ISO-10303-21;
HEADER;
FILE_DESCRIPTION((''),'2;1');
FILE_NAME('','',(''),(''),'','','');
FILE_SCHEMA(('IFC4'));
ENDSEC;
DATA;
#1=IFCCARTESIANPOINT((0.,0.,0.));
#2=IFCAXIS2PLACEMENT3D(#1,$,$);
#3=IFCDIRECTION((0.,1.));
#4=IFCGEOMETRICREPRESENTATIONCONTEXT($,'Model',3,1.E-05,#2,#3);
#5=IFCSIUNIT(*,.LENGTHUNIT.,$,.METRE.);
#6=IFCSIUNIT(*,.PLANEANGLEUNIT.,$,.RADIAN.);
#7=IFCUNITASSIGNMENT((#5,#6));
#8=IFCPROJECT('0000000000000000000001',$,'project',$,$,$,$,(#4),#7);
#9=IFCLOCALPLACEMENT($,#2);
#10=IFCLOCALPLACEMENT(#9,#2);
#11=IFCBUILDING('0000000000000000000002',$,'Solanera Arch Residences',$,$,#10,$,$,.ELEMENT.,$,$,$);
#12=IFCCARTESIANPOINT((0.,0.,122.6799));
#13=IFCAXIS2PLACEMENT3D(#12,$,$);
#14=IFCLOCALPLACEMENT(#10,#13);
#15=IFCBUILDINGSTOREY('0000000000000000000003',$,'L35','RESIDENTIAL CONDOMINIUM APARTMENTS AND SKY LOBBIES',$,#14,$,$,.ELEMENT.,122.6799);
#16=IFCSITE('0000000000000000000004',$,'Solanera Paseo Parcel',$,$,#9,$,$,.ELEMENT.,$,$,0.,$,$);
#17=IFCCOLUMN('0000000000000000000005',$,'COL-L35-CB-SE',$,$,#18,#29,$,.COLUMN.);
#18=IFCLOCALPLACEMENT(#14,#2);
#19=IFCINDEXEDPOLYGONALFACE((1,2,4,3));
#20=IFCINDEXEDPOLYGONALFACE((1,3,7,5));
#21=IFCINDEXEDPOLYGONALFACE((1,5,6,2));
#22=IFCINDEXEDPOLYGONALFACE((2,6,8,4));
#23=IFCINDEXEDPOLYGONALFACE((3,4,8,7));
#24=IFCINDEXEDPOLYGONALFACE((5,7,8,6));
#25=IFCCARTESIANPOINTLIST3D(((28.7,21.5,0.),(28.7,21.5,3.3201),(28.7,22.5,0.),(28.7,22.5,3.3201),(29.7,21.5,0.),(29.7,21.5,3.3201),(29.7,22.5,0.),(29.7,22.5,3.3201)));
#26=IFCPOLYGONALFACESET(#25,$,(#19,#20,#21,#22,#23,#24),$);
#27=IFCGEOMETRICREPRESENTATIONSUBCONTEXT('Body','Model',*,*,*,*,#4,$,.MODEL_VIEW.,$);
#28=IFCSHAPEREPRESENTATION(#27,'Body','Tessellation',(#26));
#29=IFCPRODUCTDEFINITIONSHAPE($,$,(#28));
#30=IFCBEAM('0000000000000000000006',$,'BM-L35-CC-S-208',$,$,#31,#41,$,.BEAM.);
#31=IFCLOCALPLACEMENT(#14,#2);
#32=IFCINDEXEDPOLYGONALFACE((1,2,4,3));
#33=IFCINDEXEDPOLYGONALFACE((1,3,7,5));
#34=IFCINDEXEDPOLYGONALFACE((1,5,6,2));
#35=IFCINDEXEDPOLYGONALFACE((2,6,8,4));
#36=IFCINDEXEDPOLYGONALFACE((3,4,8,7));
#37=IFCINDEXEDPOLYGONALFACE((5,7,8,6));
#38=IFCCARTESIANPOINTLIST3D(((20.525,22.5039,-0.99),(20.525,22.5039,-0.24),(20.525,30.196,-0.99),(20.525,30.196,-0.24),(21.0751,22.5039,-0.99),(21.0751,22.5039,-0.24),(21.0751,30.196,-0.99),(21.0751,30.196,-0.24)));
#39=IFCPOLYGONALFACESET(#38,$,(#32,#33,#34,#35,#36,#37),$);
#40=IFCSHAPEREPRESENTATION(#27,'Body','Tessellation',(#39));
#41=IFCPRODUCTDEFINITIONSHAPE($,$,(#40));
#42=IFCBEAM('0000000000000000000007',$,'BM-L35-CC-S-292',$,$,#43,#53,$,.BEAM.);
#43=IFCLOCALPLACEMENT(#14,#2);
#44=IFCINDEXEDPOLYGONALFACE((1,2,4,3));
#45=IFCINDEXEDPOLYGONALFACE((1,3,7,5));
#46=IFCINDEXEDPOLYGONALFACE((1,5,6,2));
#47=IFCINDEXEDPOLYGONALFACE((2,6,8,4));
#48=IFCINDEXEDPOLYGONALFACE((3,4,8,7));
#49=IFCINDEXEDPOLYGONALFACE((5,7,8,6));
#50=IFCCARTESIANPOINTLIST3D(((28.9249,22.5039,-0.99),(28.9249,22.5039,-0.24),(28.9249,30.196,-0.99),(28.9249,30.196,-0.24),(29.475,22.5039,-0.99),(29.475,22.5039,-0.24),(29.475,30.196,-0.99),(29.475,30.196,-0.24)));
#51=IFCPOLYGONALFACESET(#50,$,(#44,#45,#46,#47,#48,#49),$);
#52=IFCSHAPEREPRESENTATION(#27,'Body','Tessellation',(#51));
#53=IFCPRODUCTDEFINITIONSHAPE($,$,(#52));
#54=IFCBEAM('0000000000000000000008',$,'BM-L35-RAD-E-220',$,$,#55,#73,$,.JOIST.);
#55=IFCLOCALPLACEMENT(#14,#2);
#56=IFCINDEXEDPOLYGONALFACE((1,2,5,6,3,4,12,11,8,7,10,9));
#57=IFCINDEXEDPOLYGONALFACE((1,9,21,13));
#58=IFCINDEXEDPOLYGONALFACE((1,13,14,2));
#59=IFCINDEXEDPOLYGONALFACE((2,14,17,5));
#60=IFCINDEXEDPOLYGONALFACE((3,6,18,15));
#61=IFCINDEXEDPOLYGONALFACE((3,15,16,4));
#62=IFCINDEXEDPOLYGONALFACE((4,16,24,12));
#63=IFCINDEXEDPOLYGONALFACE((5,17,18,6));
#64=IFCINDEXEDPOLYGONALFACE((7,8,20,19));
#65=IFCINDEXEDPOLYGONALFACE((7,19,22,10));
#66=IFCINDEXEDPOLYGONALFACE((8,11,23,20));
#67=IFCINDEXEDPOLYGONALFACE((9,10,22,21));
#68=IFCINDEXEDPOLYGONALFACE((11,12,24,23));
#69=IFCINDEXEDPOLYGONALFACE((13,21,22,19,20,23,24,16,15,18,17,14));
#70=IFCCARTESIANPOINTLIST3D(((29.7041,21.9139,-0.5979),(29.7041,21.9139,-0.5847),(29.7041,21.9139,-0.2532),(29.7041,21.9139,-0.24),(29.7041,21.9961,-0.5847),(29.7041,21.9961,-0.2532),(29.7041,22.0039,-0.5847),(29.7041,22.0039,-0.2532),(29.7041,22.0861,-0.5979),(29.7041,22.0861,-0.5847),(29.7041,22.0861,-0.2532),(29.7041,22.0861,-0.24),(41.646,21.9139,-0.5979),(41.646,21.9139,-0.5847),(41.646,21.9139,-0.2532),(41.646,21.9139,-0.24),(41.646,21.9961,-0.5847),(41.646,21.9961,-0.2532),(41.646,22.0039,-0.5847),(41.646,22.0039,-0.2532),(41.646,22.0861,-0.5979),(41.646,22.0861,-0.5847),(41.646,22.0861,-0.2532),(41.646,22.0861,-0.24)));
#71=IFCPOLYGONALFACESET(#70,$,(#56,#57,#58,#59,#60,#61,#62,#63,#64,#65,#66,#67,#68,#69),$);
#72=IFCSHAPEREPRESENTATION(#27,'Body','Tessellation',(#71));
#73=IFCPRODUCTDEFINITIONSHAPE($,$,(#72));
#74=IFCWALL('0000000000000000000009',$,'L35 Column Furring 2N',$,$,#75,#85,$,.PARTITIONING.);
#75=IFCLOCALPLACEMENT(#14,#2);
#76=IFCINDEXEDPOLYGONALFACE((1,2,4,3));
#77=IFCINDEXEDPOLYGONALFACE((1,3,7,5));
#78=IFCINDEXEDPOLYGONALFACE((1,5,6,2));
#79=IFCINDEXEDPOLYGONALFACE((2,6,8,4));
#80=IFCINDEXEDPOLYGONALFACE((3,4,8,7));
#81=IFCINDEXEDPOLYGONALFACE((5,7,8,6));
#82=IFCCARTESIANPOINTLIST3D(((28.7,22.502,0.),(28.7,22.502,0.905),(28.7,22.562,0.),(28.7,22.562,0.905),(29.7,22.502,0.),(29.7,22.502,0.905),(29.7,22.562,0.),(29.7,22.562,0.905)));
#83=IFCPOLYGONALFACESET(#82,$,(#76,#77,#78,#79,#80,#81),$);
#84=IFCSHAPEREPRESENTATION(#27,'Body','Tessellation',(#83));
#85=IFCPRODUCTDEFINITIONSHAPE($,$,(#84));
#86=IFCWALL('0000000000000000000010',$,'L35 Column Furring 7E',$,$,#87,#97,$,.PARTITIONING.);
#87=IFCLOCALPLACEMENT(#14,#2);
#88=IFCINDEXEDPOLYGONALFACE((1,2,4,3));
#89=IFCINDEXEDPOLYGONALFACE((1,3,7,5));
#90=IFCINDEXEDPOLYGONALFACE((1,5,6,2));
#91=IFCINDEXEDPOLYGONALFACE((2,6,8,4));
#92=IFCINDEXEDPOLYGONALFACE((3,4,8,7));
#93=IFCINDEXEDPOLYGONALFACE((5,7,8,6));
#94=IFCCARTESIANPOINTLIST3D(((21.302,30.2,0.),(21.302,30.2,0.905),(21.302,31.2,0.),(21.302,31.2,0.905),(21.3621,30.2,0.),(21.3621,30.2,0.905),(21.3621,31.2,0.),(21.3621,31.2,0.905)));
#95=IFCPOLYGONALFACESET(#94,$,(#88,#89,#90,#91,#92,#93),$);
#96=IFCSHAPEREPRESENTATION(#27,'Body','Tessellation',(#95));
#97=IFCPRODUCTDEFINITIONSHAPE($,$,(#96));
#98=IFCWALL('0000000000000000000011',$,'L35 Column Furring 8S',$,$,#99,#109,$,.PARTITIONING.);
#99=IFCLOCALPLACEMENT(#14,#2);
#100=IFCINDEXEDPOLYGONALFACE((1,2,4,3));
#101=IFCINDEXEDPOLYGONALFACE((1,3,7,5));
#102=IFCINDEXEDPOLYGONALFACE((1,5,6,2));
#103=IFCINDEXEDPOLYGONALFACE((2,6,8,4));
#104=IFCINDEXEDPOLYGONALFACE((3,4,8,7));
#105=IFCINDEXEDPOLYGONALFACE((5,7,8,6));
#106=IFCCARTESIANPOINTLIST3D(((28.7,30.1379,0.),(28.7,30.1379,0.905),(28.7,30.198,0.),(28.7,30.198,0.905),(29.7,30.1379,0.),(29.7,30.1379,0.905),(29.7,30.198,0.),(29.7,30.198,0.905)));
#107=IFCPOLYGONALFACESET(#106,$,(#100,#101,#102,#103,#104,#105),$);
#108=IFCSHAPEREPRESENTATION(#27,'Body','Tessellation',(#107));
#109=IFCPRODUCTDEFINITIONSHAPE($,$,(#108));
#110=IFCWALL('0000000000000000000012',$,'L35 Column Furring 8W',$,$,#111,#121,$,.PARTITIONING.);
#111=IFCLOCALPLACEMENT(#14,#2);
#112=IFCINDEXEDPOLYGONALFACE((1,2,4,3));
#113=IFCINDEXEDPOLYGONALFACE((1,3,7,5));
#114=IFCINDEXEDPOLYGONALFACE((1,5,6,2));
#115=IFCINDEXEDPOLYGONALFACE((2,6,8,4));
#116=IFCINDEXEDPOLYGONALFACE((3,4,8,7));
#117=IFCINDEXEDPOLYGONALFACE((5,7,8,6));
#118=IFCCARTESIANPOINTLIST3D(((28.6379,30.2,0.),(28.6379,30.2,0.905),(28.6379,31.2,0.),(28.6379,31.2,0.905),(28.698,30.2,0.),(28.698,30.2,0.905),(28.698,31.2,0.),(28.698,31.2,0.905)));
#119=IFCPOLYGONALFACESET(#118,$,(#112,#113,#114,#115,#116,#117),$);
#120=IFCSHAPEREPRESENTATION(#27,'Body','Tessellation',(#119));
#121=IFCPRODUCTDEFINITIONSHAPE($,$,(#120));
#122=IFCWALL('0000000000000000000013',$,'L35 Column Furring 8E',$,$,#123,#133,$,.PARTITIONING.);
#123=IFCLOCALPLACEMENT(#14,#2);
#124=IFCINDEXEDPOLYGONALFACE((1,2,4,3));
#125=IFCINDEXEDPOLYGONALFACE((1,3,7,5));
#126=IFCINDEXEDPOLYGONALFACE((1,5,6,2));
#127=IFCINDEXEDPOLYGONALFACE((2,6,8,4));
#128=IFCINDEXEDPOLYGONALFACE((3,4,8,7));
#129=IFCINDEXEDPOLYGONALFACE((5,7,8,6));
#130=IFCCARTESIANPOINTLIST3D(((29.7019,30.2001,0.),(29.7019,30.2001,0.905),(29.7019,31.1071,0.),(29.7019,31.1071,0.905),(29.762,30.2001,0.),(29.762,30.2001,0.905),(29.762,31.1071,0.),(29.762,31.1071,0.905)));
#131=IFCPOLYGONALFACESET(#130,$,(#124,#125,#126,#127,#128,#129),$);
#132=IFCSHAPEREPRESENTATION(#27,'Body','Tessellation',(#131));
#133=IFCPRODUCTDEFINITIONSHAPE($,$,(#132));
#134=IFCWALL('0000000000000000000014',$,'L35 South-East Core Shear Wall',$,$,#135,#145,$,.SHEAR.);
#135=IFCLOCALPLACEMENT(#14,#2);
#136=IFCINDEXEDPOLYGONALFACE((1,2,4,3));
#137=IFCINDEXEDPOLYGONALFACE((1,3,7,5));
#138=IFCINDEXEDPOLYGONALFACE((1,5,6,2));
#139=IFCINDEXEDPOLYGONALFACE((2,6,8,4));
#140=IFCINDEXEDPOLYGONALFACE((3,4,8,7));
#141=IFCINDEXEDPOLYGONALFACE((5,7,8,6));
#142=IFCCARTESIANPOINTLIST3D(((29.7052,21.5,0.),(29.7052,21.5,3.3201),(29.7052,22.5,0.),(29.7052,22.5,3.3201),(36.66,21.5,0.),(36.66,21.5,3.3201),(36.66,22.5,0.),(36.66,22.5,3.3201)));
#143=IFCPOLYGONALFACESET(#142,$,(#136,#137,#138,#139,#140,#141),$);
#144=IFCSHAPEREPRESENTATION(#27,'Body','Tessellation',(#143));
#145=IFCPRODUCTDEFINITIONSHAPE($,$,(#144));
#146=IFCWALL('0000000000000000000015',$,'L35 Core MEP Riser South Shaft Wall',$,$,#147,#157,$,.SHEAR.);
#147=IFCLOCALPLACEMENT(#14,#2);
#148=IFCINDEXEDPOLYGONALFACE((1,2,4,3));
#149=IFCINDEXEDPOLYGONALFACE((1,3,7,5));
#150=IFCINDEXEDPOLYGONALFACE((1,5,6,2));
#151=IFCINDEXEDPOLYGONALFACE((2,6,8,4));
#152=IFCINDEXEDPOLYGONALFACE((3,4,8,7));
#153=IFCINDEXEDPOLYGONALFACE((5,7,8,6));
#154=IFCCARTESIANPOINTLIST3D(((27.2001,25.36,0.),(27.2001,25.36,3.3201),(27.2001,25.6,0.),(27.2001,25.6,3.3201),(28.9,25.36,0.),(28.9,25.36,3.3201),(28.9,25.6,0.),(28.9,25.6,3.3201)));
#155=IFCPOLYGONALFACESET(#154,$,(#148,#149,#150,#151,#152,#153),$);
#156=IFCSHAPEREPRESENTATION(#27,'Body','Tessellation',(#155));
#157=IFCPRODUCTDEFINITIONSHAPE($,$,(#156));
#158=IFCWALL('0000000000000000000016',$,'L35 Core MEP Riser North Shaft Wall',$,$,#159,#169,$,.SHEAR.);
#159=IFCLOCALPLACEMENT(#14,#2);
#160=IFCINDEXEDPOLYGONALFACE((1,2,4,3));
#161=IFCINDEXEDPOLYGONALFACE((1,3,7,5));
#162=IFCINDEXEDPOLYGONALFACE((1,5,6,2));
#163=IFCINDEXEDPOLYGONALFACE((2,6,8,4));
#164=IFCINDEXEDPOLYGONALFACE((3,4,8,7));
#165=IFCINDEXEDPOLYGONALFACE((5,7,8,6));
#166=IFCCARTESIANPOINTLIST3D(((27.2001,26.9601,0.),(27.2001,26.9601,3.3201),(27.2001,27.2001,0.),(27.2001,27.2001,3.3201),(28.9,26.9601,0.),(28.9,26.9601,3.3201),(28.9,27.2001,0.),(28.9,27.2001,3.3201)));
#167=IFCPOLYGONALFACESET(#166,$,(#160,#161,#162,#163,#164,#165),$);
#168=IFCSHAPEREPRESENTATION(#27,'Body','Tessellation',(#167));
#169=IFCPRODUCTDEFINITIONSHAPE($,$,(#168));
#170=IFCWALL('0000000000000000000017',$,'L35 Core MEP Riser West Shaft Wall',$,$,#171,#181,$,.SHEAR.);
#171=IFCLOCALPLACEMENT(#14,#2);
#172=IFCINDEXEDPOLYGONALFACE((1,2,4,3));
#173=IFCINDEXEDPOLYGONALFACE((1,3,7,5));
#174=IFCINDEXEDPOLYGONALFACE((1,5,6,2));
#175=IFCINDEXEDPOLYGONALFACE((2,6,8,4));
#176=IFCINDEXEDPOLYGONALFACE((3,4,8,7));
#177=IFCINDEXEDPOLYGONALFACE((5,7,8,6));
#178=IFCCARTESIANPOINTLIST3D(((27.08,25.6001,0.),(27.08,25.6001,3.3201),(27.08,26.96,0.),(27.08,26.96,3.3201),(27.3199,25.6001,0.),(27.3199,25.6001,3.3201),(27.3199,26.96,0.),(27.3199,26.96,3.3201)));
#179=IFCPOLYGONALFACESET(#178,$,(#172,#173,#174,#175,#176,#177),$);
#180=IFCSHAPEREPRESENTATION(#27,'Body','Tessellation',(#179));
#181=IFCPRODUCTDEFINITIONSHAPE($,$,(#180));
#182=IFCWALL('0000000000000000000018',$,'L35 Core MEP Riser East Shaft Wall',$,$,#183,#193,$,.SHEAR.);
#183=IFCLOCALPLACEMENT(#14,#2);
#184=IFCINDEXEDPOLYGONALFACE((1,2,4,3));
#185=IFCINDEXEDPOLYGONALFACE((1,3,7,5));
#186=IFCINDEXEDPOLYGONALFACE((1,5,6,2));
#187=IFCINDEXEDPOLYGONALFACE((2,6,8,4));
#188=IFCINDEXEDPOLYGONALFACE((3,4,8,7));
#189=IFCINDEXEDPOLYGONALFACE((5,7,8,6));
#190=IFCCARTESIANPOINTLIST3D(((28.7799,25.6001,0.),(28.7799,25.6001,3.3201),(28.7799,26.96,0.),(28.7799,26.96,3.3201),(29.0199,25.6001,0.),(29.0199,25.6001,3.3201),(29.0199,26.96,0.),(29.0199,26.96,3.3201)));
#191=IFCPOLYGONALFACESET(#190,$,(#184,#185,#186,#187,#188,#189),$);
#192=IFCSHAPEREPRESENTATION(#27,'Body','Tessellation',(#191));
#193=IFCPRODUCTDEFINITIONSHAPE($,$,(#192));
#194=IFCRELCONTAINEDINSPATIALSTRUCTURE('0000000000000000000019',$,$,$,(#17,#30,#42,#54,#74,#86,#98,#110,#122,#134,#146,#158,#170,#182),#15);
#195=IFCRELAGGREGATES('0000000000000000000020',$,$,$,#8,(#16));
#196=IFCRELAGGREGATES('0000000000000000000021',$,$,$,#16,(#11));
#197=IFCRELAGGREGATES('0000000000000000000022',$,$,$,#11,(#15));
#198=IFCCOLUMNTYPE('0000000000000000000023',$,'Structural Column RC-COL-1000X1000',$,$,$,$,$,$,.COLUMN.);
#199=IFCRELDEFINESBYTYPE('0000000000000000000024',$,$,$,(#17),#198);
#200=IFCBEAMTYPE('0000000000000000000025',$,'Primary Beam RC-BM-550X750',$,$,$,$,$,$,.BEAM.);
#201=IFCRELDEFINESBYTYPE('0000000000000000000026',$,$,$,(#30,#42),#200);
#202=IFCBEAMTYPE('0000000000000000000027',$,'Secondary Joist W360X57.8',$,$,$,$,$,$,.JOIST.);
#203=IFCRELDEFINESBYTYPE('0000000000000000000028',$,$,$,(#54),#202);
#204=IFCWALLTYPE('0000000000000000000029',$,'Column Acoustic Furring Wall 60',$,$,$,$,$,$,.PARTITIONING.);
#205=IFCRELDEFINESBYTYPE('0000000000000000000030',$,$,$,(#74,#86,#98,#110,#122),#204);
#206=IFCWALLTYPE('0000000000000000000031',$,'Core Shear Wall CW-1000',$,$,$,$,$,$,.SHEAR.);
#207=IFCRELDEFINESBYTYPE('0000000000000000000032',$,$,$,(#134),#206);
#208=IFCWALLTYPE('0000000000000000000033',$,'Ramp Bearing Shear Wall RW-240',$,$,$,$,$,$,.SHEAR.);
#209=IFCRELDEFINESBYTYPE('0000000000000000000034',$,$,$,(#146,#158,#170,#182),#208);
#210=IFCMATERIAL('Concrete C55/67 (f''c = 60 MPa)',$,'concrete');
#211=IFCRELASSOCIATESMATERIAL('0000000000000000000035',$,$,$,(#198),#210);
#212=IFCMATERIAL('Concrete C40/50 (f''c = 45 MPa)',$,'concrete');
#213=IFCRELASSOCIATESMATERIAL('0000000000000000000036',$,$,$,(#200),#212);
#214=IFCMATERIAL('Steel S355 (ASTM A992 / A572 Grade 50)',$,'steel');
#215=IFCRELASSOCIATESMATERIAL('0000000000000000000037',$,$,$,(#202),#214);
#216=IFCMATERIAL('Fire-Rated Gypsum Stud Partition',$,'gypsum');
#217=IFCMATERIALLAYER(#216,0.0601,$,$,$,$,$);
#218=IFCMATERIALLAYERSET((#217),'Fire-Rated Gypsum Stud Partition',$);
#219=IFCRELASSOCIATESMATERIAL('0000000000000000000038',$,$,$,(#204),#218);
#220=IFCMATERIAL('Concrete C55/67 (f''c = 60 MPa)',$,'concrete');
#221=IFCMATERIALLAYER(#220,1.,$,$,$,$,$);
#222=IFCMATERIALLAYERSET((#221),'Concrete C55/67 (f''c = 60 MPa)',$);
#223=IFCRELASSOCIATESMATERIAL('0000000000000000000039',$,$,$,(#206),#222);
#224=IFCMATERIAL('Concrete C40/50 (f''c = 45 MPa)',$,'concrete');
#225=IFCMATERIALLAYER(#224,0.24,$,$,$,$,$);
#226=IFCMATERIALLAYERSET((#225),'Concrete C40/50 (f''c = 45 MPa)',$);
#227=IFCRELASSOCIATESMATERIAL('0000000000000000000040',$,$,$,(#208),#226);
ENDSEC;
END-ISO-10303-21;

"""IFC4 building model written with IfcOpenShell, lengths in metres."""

from ifc_helpers import new_model, si_unit, direction, frame, frame_2d, origin, origin_2d, place, context, subcontext, project, spatial, rectangle, i_section, extrude, material, layer, layer_set, material_profile, profile_set, type_object, element, save


model = new_model("IFC4")

# Units and contexts
model_context = context("Model", 3, precision=1e-05, world=origin(), true_north=direction((0.0, 1.0)))
body_context = subcontext(model_context, "Body", "Model", "MODEL_VIEW")
ifc_project = project(units=[si_unit("LENGTHUNIT", "METRE"), si_unit("PLANEANGLEUNIT", "RADIAN")], contexts=[model_context])

# Site, building, storey
site_placement = place(None, origin())
site = spatial("IfcSite", under=ifc_project, at=site_placement, Name="Solanera Paseo Parcel", CompositionType="ELEMENT", RefElevation=0.0)
building_placement = place(site_placement, origin())
building = spatial("IfcBuilding", under=site, at=building_placement, Name="Solanera Arch Residences", CompositionType="ELEMENT")
storey_placement = place(building_placement, frame((0.0, 0.0, 122.6799)))
storey = spatial("IfcBuildingStorey", under=building, at=storey_placement, Name="L35", Description="RESIDENTIAL CONDOMINIUM APARTMENTS AND SKY LOBBIES", CompositionType="ELEMENT", Elevation=122.6799)

# Column
ifc_material_1 = material(Name="Concrete C55/67 (f'c = 60 MPa)", Category="concrete")
ifc_material_profile_1 = material_profile(ifc_material_1, rectangle(XDim=1.0, YDim=1.0, at=origin_2d()))
ifc_profile_set_1 = profile_set([ifc_material_profile_1], Name="Concrete C55/67 (f'c = 60 MPa)")
column_type = type_object("IfcColumnType", Name="Structural Column RC-COL-1000X1000", PredefinedType="COLUMN", material=ifc_profile_set_1)
column_placement = place(storey_placement, frame((29.2, 22.0, 0.0), z_axis=(0.0, 0.0, 1.0), x_axis=(1.0, 0.0, 0.0)))
element("IfcColumn", 1, at=column_placement, inside=storey, type_object=column_type, Name="COL-L35-CB-SE", PredefinedType="COLUMN", context=body_context, shape_type="SweptSolid", body=[
    extrude(rectangle(XDim=1.0, YDim=1.0, at=origin_2d()), origin(), (0.0, 0.0, 1.0), 3.3201),
])

# Beams
ifc_material_2 = material(Name="Concrete C40/50 (f'c = 45 MPa)", Category="concrete")
ifc_material_profile_2 = material_profile(ifc_material_2, rectangle(XDim=0.55, YDim=0.75, at=origin_2d()))
ifc_profile_set_2 = profile_set([ifc_material_profile_2], Name="Concrete C40/50 (f'c = 45 MPa)")
beam_type_1 = type_object("IfcBeamType", Name="Primary Beam RC-BM-550X750", PredefinedType="BEAM", material=ifc_profile_set_2)
for number, where, z_axis, x_axis, name in (
    (2, (20.8, 22.5039, -0.615), (0.0, 1.0, 0.0), (-1.0, 0.0, 0.0), "BM-L35-CC-S-208"),
    (3, (29.2, 22.5039, -0.615), (0.0, 1.0, 0.0), (-1.0, 0.0, 0.0), "BM-L35-CC-S-292"),
):
    element("IfcBeam", number, at=place(storey_placement, frame(where, z_axis=z_axis, x_axis=x_axis)), inside=storey, type_object=beam_type_1, Name=name, PredefinedType="BEAM", context=body_context, shape_type="SweptSolid", body=[
        extrude(rectangle(XDim=0.55, YDim=0.75, at=origin_2d()), origin(), (0.0, 0.0, 1.0), 7.6921),
    ])
ifc_material_3 = material(Name="Steel S355 (ASTM A992 / A572 Grade 50)", Category="steel")
ifc_material_profile_3 = material_profile(ifc_material_3, i_section(OverallWidth=0.1721, OverallDepth=0.3579, WebThickness=0.0078, FlangeThickness=0.0132, at=origin_2d()))
ifc_profile_set_3 = profile_set([ifc_material_profile_3], Name="Steel S355 (ASTM A992 / A572 Grade 50)")
beam_type_2 = type_object("IfcBeamType", Name="Secondary Joist W360X57.8", PredefinedType="JOIST", material=ifc_profile_set_3)
beam_placement = place(storey_placement, frame((29.7041, 22.0, -0.4189), z_axis=(1.0, 0.0, 0.0), x_axis=(0.0, 1.0, 0.0)))
element("IfcBeam", 4, at=beam_placement, inside=storey, type_object=beam_type_2, Name="BM-L35-RAD-E-220", PredefinedType="JOIST", context=body_context, shape_type="SweptSolid", body=[
    extrude(i_section(OverallWidth=0.1721, OverallDepth=0.3579, WebThickness=0.0078, FlangeThickness=0.0132, at=origin_2d()), origin(), (0.0, 0.0, 1.0), 11.9419),
])

# Walls
ifc_material_4 = material(Name="Fire-Rated Gypsum Stud Partition", Category="gypsum")
ifc_layer_1 = layer(ifc_material_4, 0.0601)
ifc_layer_set_1 = layer_set([ifc_layer_1], Name="Fire-Rated Gypsum Stud Partition")
wall_type_1 = type_object("IfcWallType", Name="Column Acoustic Furring Wall 60", PredefinedType="PARTITIONING", material=ifc_layer_set_1)
for number, where, z_axis, x_axis, name in (
    (5, (28.7, 22.532, 0.0), (0.0, 0.0, 1.0), (1.0, 0.0, 0.0), "L35 Column Furring 2N"),
    (6, (21.332, 30.2, 0.0), (0.0, 0.0, 1.0), (0.0, 1.0, 0.0), "L35 Column Furring 7E"),
    (7, (28.7, 30.168, 0.0), (0.0, 0.0, 1.0), (1.0, 0.0, 0.0), "L35 Column Furring 8S"),
    (8, (28.668, 30.2, 0.0), (0.0, 0.0, 1.0), (0.0, 1.0, 0.0), "L35 Column Furring 8W"),
):
    element("IfcWall", number, at=place(storey_placement, frame(where, z_axis=z_axis, x_axis=x_axis)), inside=storey, type_object=wall_type_1, Name=name, PredefinedType="PARTITIONING", context=body_context, shape_type="SweptSolid", body=[
        extrude(rectangle(XDim=1.0, YDim=0.0601, at=frame_2d((0.5, 0.0))), origin(), (0.0, 0.0, 1.0), 0.905),
    ])
wall_1_placement = place(storey_placement, frame((29.7319, 30.2, 0.0), z_axis=(0.0, 0.0, 1.0), x_axis=(0.0, 1.0, 0.0)))
element("IfcWall", 9, at=wall_1_placement, inside=storey, type_object=wall_type_1, Name="L35 Column Furring 8E", PredefinedType="PARTITIONING", context=body_context, shape_type="SweptSolid", body=[
    extrude(rectangle(XDim=0.907, YDim=0.0601, at=frame_2d((0.4536, 0.0))), origin(), (0.0, 0.0, 1.0), 0.905),
])
ifc_material_5 = material(Name="Concrete C55/67 (f'c = 60 MPa)", Category="concrete")
ifc_layer_2 = layer(ifc_material_5, 1.0)
ifc_layer_set_2 = layer_set([ifc_layer_2], Name="Concrete C55/67 (f'c = 60 MPa)")
wall_type_2 = type_object("IfcWallType", Name="Core Shear Wall CW-1000", PredefinedType="SHEAR", material=ifc_layer_set_2)
wall_2_placement = place(storey_placement, frame((29.7051, 22.0, 0.0), z_axis=(0.0, 0.0, 1.0), x_axis=(1.0, 0.0, 0.0)))
element("IfcWall", 10, at=wall_2_placement, inside=storey, type_object=wall_type_2, Name="L35 South-East Core Shear Wall", PredefinedType="SHEAR", context=body_context, shape_type="SweptSolid", body=[
    extrude(rectangle(XDim=6.9548, YDim=1.0, at=frame_2d((3.4775, 0.0))), origin(), (0.0, 0.0, 1.0), 3.3201),
])
ifc_material_6 = material(Name="Concrete C40/50 (f'c = 45 MPa)", Category="concrete")
ifc_layer_3 = layer(ifc_material_6, 0.24)
ifc_layer_set_3 = layer_set([ifc_layer_3], Name="Concrete C40/50 (f'c = 45 MPa)")
wall_type_3 = type_object("IfcWallType", Name="Ramp Bearing Shear Wall RW-240", PredefinedType="SHEAR", material=ifc_layer_set_3)
for number, where, z_axis, x_axis, name in (
    (11, (27.2, 25.48, 0.0), (0.0, 0.0, 1.0), (1.0, 0.0, 0.0), "L35 Core MEP Riser South Shaft Wall"),
    (12, (27.2, 27.0801, 0.0), (0.0, 0.0, 1.0), (1.0, 0.0, 0.0), "L35 Core MEP Riser North Shaft Wall"),
):
    element("IfcWall", number, at=place(storey_placement, frame(where, z_axis=z_axis, x_axis=x_axis)), inside=storey, type_object=wall_type_3, Name=name, PredefinedType="SHEAR", context=body_context, shape_type="SweptSolid", body=[
        extrude(rectangle(XDim=1.7, YDim=0.24, at=frame_2d((0.8501, 0.0))), origin(), (0.0, 0.0, 1.0), 3.3201),
    ])
for number, where, z_axis, x_axis, name in (
    (13, (27.2, 25.6001, 0.0), (0.0, 0.0, 1.0), (0.0, 1.0, 0.0), "L35 Core MEP Riser West Shaft Wall"),
    (14, (28.8999, 25.6001, 0.0), (0.0, 0.0, 1.0), (0.0, 1.0, 0.0), "L35 Core MEP Riser East Shaft Wall"),
):
    element("IfcWall", number, at=place(storey_placement, frame(where, z_axis=z_axis, x_axis=x_axis)), inside=storey, type_object=wall_type_3, Name=name, PredefinedType="SHEAR", context=body_context, shape_type="SweptSolid", body=[
        extrude(rectangle(XDim=1.3599, YDim=0.24, at=frame_2d((0.6799, 0.0))), origin(), (0.0, 0.0, 1.0), 3.3201),
    ])

save(model, "model.ifc")
